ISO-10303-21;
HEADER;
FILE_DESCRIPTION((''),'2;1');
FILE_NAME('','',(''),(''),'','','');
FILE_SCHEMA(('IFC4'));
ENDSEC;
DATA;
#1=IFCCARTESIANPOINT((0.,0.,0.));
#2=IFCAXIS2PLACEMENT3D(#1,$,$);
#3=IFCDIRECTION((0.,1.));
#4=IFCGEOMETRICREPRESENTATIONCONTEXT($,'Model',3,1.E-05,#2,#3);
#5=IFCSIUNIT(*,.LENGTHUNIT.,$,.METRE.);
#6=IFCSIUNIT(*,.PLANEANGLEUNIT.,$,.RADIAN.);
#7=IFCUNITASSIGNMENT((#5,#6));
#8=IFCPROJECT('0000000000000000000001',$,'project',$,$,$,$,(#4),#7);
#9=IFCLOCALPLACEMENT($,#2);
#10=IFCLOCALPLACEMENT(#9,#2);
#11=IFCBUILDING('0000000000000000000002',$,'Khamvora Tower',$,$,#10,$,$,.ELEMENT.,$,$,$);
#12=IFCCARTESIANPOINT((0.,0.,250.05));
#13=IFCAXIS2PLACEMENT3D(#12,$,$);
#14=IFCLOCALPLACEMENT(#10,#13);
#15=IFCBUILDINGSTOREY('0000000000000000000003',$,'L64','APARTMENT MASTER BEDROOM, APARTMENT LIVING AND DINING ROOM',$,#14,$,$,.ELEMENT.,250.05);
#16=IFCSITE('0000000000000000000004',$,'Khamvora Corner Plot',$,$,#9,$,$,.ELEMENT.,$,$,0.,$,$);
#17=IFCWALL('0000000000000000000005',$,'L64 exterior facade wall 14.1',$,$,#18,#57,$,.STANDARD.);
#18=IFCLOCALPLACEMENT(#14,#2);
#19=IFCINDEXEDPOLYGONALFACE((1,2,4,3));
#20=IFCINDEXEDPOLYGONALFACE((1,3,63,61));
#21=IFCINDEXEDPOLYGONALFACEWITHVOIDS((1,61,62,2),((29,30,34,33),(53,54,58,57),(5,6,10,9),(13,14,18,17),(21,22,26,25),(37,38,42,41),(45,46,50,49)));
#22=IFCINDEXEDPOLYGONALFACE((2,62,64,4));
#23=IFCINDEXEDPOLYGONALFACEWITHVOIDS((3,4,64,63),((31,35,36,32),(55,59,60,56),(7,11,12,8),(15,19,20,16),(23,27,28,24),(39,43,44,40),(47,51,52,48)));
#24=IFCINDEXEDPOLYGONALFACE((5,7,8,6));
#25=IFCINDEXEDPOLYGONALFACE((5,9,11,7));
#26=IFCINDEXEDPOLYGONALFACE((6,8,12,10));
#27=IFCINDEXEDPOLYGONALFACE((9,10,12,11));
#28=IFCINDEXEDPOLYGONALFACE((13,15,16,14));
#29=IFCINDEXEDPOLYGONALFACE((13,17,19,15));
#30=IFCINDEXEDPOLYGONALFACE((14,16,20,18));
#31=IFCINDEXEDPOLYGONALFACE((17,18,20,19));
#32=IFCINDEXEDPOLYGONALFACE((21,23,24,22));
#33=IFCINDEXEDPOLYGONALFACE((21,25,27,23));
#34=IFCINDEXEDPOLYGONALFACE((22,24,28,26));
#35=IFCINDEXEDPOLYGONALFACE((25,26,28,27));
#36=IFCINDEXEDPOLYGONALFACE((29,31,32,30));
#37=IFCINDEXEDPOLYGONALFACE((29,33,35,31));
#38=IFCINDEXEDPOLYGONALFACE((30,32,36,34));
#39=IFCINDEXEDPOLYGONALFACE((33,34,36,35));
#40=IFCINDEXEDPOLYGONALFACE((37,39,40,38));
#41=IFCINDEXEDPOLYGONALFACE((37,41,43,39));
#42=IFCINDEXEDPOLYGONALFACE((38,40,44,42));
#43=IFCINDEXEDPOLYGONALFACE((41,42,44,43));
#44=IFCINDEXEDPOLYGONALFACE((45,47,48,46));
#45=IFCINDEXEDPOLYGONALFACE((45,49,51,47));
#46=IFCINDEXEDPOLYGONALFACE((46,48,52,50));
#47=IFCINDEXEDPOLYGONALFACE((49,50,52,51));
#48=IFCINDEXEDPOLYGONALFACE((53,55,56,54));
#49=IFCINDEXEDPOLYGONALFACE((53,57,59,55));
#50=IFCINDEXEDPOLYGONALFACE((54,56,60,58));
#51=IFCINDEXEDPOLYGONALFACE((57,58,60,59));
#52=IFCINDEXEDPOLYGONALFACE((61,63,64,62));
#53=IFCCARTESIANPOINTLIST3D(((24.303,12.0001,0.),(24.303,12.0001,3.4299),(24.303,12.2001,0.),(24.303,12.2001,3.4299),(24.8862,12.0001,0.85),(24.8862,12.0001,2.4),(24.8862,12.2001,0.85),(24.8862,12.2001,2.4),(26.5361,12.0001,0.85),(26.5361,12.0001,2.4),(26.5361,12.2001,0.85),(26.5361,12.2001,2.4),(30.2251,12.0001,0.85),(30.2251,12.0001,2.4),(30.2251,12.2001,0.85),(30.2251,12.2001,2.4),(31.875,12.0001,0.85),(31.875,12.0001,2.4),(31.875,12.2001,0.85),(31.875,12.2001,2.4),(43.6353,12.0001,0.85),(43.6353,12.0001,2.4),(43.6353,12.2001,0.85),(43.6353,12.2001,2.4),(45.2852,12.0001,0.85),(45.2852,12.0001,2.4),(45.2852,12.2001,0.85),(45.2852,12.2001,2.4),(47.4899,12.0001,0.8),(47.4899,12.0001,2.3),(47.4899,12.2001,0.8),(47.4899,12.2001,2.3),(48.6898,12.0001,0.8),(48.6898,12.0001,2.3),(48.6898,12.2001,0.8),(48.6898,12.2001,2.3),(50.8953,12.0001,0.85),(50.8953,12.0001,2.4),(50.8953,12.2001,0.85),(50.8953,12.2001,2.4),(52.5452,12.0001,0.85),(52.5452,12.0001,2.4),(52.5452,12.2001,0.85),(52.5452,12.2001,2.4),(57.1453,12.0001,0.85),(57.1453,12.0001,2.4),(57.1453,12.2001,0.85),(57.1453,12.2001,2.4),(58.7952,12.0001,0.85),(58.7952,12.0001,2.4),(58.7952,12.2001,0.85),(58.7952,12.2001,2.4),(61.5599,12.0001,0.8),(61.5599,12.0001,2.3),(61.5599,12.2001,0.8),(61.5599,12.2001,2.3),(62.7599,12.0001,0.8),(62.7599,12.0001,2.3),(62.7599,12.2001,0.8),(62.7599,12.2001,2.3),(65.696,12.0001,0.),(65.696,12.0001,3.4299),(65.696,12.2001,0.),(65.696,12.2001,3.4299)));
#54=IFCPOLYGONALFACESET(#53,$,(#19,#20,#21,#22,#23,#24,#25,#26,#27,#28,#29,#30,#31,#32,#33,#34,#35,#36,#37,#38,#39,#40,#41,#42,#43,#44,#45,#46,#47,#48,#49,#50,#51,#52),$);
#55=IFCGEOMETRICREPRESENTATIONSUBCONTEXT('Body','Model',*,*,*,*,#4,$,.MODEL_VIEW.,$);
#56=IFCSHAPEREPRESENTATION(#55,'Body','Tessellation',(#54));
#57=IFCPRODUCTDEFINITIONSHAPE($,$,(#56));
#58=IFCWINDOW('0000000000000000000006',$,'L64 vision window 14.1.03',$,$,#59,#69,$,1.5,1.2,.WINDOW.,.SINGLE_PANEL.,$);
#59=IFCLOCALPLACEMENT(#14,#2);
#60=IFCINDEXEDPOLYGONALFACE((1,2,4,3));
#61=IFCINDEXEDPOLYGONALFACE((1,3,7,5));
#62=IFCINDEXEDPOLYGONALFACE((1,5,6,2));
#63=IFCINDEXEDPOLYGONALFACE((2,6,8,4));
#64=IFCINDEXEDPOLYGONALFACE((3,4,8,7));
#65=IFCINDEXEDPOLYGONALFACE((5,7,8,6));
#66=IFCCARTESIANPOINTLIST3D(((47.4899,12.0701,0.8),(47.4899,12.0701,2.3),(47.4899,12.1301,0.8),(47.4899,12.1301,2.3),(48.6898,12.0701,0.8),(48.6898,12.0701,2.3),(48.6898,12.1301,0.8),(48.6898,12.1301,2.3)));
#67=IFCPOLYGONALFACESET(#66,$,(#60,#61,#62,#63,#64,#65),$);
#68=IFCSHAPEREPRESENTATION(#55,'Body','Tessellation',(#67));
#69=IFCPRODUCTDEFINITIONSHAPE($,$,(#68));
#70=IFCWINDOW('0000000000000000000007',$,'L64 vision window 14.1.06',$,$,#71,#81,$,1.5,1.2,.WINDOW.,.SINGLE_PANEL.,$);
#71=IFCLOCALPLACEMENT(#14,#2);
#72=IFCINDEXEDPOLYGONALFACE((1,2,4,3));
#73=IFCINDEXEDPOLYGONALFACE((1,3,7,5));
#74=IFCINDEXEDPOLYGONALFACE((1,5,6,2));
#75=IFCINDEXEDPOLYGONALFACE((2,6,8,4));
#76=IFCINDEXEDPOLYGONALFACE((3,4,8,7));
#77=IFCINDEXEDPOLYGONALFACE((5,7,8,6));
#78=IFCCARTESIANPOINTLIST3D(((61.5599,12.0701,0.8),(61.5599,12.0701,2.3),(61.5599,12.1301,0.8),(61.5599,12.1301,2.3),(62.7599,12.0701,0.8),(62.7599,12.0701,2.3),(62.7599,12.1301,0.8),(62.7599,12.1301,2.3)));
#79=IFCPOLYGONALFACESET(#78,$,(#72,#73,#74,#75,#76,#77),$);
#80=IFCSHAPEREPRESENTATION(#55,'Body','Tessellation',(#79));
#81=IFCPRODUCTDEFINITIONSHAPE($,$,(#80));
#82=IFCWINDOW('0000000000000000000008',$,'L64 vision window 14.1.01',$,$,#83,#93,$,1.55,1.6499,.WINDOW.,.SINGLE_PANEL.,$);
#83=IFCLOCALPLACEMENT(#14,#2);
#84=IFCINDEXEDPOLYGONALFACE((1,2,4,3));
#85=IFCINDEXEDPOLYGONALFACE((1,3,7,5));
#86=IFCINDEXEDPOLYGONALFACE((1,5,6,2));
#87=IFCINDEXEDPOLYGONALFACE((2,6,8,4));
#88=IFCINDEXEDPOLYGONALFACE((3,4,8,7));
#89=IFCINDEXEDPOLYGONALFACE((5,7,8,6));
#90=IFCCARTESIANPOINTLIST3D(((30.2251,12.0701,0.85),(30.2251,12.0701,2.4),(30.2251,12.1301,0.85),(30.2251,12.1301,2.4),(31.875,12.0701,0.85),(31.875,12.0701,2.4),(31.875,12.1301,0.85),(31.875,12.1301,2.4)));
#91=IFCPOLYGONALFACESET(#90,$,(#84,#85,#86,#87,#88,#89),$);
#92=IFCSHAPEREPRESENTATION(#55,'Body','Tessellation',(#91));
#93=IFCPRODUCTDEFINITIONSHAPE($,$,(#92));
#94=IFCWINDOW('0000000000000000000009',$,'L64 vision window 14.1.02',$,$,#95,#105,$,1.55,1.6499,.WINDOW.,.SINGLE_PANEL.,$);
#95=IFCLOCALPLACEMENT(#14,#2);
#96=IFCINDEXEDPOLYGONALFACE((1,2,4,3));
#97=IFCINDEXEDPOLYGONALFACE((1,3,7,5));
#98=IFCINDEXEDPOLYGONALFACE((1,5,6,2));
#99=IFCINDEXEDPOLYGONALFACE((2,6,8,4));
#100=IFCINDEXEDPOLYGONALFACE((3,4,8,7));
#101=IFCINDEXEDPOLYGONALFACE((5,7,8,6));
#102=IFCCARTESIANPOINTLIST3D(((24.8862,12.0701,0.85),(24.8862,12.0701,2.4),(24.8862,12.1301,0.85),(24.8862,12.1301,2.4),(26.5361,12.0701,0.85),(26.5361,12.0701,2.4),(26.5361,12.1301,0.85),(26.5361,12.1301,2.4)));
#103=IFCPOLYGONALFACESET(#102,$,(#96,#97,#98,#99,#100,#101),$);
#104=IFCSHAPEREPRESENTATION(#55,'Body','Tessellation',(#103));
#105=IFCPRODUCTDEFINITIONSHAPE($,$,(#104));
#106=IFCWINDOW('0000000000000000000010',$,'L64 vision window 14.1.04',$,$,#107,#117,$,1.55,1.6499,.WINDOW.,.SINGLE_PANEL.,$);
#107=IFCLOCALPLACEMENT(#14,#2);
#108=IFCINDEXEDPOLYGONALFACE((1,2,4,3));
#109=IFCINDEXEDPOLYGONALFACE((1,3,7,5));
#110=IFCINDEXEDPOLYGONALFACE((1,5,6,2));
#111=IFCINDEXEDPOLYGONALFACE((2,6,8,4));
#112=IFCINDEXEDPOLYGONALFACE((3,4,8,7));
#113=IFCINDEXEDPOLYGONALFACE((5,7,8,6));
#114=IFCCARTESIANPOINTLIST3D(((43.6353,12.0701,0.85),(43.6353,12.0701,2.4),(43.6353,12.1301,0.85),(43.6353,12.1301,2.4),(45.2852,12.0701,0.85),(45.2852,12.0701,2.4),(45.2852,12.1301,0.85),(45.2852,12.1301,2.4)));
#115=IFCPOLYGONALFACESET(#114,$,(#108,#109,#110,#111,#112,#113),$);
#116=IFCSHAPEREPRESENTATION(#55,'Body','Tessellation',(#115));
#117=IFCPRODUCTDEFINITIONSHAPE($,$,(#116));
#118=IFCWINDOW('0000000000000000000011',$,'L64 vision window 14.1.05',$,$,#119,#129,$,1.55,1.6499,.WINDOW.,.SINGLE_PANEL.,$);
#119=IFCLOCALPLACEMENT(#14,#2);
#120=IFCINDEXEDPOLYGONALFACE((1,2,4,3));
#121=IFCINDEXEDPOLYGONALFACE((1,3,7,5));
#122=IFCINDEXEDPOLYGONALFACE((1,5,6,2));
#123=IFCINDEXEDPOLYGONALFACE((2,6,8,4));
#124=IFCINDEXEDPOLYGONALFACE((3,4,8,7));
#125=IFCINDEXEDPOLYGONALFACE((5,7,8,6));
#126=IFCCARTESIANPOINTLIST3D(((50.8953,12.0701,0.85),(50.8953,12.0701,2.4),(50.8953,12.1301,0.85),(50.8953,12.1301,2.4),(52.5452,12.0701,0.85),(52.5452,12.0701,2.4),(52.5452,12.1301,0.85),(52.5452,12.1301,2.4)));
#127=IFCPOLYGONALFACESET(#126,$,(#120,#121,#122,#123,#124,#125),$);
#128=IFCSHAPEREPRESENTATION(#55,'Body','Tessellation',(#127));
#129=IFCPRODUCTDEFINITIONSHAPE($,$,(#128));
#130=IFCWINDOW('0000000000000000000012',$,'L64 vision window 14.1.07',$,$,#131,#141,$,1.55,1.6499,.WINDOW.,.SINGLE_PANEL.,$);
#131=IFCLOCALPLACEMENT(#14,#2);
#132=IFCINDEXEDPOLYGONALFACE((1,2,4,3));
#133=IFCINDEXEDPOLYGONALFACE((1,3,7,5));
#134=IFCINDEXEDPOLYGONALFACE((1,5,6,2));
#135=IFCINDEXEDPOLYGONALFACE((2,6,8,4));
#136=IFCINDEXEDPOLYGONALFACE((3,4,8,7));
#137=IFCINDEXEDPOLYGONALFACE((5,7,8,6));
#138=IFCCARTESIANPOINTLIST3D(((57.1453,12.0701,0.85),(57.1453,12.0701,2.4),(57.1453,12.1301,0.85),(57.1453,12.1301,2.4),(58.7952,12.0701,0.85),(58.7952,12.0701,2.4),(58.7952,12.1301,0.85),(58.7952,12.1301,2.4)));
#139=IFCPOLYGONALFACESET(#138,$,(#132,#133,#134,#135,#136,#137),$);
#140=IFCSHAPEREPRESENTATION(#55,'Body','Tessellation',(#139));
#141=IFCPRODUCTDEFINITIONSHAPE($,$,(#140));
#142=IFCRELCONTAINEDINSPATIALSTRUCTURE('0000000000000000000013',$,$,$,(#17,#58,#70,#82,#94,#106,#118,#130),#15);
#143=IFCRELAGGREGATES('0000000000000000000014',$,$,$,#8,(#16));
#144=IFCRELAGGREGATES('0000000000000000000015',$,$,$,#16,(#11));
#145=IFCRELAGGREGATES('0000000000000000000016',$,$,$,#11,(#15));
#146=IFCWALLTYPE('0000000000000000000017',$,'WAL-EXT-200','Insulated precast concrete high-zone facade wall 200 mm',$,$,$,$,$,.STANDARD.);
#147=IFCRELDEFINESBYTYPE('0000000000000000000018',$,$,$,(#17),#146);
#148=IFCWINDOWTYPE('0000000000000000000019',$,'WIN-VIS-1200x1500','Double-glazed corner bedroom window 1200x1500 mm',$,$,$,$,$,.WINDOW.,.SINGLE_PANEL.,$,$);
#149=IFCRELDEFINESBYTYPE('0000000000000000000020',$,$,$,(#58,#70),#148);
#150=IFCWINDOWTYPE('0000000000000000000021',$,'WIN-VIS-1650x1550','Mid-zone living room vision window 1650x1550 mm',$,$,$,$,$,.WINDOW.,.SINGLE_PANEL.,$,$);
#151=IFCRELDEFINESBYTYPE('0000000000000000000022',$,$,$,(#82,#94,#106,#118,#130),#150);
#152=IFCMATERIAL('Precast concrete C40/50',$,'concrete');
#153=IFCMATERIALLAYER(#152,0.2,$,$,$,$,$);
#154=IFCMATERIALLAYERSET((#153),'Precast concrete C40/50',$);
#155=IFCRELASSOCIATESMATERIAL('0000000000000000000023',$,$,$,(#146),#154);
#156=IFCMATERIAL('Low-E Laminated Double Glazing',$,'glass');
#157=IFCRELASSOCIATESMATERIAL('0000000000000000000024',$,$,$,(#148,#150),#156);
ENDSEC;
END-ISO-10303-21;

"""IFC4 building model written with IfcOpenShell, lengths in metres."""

from ifc_helpers import new_model, si_unit, direction, frame, frame_2d, origin, place, context, subcontext, project, spatial, rectangle, extrude, material, layer, layer_set, type_object, element, fill, save


model = new_model("IFC4")

# Units and contexts
model_context = context("Model", 3, precision=1e-05, world=origin(), true_north=direction((0.0, 1.0)))
body_context = subcontext(model_context, "Body", "Model", "MODEL_VIEW")
ifc_project = project(units=[si_unit("LENGTHUNIT", "METRE"), si_unit("PLANEANGLEUNIT", "RADIAN")], contexts=[model_context])

# Site, building, storey
site_placement = place(None, origin())
site = spatial("IfcSite", under=ifc_project, at=site_placement, Name="Khamvora Corner Plot", CompositionType="ELEMENT", RefElevation=0.0)
building_placement = place(site_placement, origin())
building = spatial("IfcBuilding", under=site, at=building_placement, Name="Khamvora Tower", CompositionType="ELEMENT")
storey_placement = place(building_placement, frame((0.0, 0.0, 250.05)))
storey = spatial("IfcBuildingStorey", under=building, at=storey_placement, Name="L64", Description="APARTMENT MASTER BEDROOM, APARTMENT LIVING AND DINING ROOM", CompositionType="ELEMENT", Elevation=250.05)

# Shared definitions
ifc_material_1 = material(Name="Precast concrete C40/50", Category="concrete")
ifc_layer_1 = layer(ifc_material_1, 0.2)
ifc_layer_set_1 = layer_set([ifc_layer_1], Name="Precast concrete C40/50")
wall_type_1 = type_object("IfcWallType", Name="WAL-EXT-200", Description="Insulated precast concrete high-zone facade wall 200 mm", PredefinedType="STANDARD", material=ifc_layer_set_1)

# Wall, openings, windows
wall_1_placement = place(storey_placement, frame((65.696, 12.1001, 0.0), z_axis=(0.0, 0.0, 1.0), x_axis=(-1.0, 0.0, 0.0)))
wall_1 = element("IfcWall", 1, at=wall_1_placement, inside=storey, type_object=wall_type_1, Name="L64 exterior facade wall 14.1", PredefinedType="STANDARD", context=body_context, shape_type="SweptSolid", body=[
    extrude(rectangle(XDim=41.3931, YDim=0.2, at=frame_2d((20.6965, 0.0))), origin(), (0.0, 0.0, 1.0), 3.4299),
])
opening_1_placement = place(wall_1_placement, frame((33.821, 0.0, 0.8501)))
opening_1 = element("IfcOpeningElement", 2, at=opening_1_placement, cuts=wall_1, PredefinedType="OPENING", context=body_context, shape_type="SweptSolid", body=[
    extrude(rectangle(XDim=1.6499, YDim=1.55, at=frame_2d((0.825, 0.7749))), frame((0.0, 0.1099, 0.0), z_axis=(0.0, -1.0, 0.0), x_axis=(1.0, 0.0, 0.0)), (0.0, 0.0, 1.0), 0.22),
])
opening_2_placement = place(wall_1_placement, frame((39.1599, 0.0, 0.8501)))
opening_2 = element("IfcOpeningElement", 3, at=opening_2_placement, cuts=wall_1, PredefinedType="OPENING", context=body_context, shape_type="SweptSolid", body=[
    extrude(rectangle(XDim=1.6499, YDim=1.55, at=frame_2d((0.825, 0.7749))), frame((0.0, 0.1099, 0.0), z_axis=(0.0, -1.0, 0.0), x_axis=(1.0, 0.0, 0.0)), (0.0, 0.0, 1.0), 0.22),
])
opening_3_placement = place(wall_1_placement, frame((17.0061, 0.0, 0.8)))
opening_3 = element("IfcOpeningElement", 4, at=opening_3_placement, cuts=wall_1, PredefinedType="OPENING", context=body_context, shape_type="SweptSolid", body=[
    extrude(rectangle(XDim=1.2, YDim=1.5, at=frame_2d((0.6001, 0.75))), frame((0.0, 0.1099, 0.0), z_axis=(0.0, -1.0, 0.0), x_axis=(1.0, 0.0, 0.0)), (0.0, 0.0, 1.0), 0.22),
])
opening_4_placement = place(wall_1_placement, frame((20.4109, 0.0, 0.8501)))
opening_4 = element("IfcOpeningElement", 5, at=opening_4_placement, cuts=wall_1, PredefinedType="OPENING", context=body_context, shape_type="SweptSolid", body=[
    extrude(rectangle(XDim=1.6499, YDim=1.55, at=frame_2d((0.825, 0.7749))), frame((0.0, 0.1099, 0.0), z_axis=(0.0, -1.0, 0.0), x_axis=(1.0, 0.0, 0.0)), (0.0, 0.0, 1.0), 0.22),
])
opening_5_placement = place(wall_1_placement, frame((13.1509, 0.0, 0.8501)))
opening_5 = element("IfcOpeningElement", 6, at=opening_5_placement, cuts=wall_1, PredefinedType="OPENING", context=body_context, shape_type="SweptSolid", body=[
    extrude(rectangle(XDim=1.6499, YDim=1.55, at=frame_2d((0.825, 0.7749))), frame((0.0, 0.1099, 0.0), z_axis=(0.0, -1.0, 0.0), x_axis=(1.0, 0.0, 0.0)), (0.0, 0.0, 1.0), 0.22),
])
opening_6_placement = place(wall_1_placement, frame((2.936, 0.0, 0.8)))
opening_6 = element("IfcOpeningElement", 7, at=opening_6_placement, cuts=wall_1, PredefinedType="OPENING", context=body_context, shape_type="SweptSolid", body=[
    extrude(rectangle(XDim=1.2, YDim=1.5, at=frame_2d((0.6001, 0.75))), frame((0.0, 0.1099, 0.0), z_axis=(0.0, -1.0, 0.0), x_axis=(1.0, 0.0, 0.0)), (0.0, 0.0, 1.0), 0.22),
])
opening_7_placement = place(wall_1_placement, frame((6.9009, 0.0, 0.8501)))
opening_7 = element("IfcOpeningElement", 8, at=opening_7_placement, cuts=wall_1, PredefinedType="OPENING", context=body_context, shape_type="SweptSolid", body=[
    extrude(rectangle(XDim=1.6499, YDim=1.55, at=frame_2d((0.825, 0.7749))), frame((0.0, 0.1099, 0.0), z_axis=(0.0, -1.0, 0.0), x_axis=(1.0, 0.0, 0.0)), (0.0, 0.0, 1.0), 0.22),
])
ifc_material_2 = material(Name="Low-E Laminated Double Glazing", Category="glass")
window_type_1 = type_object("IfcWindowType", Name="WIN-VIS-1200x1500", Description="Double-glazed corner bedroom window 1200x1500 mm", PartitioningType="SINGLE_PANEL", PredefinedType="WINDOW", material=ifc_material_2)
window_1_placement = place(opening_3_placement, origin())
window_1 = element("IfcWindow", 9, at=window_1_placement, inside=storey, type_object=window_type_1, Name="L64 vision window 14.1.03", OverallHeight=1.5, OverallWidth=1.2, PartitioningType="SINGLE_PANEL", PredefinedType="WINDOW", context=body_context, shape_type="SweptSolid", body=[
    extrude(rectangle(XDim=1.2, YDim=1.5, at=frame_2d((0.6001, 0.75))), frame((0.0, 0.03, 0.0), z_axis=(0.0, -1.0, 0.0), x_axis=(1.0, 0.0, 0.0)), (0.0, 0.0, 1.0), 0.0601),
])
fill(opening_3, window_1)
window_2_placement = place(opening_6_placement, origin())
window_2 = element("IfcWindow", 10, at=window_2_placement, inside=storey, type_object=window_type_1, Name="L64 vision window 14.1.06", OverallHeight=1.5, OverallWidth=1.2, PartitioningType="SINGLE_PANEL", PredefinedType="WINDOW", context=body_context, shape_type="SweptSolid", body=[
    extrude(rectangle(XDim=1.2, YDim=1.5, at=frame_2d((0.6001, 0.75))), frame((0.0, 0.03, 0.0), z_axis=(0.0, -1.0, 0.0), x_axis=(1.0, 0.0, 0.0)), (0.0, 0.0, 1.0), 0.0601),
])
fill(opening_6, window_2)
window_type_2 = type_object("IfcWindowType", Name="WIN-VIS-1650x1550", Description="Mid-zone living room vision window 1650x1550 mm", PartitioningType="SINGLE_PANEL", PredefinedType="WINDOW", material=ifc_material_2)
window_3_placement = place(opening_1_placement, origin())
window_3 = element("IfcWindow", 11, at=window_3_placement, inside=storey, type_object=window_type_2, Name="L64 vision window 14.1.01", OverallHeight=1.55, OverallWidth=1.6499, PartitioningType="SINGLE_PANEL", PredefinedType="WINDOW", context=body_context, shape_type="SweptSolid", body=[
    extrude(rectangle(XDim=1.6499, YDim=1.55, at=frame_2d((0.825, 0.7749))), frame((0.0, 0.03, 0.0), z_axis=(0.0, -1.0, 0.0), x_axis=(1.0, 0.0, 0.0)), (0.0, 0.0, 1.0), 0.0601),
])
fill(opening_1, window_3)
window_4_placement = place(opening_2_placement, origin())
window_4 = element("IfcWindow", 12, at=window_4_placement, inside=storey, type_object=window_type_2, Name="L64 vision window 14.1.02", OverallHeight=1.55, OverallWidth=1.6499, PartitioningType="SINGLE_PANEL", PredefinedType="WINDOW", context=body_context, shape_type="SweptSolid", body=[
    extrude(rectangle(XDim=1.6499, YDim=1.55, at=frame_2d((0.825, 0.7749))), frame((0.0, 0.03, 0.0), z_axis=(0.0, -1.0, 0.0), x_axis=(1.0, 0.0, 0.0)), (0.0, 0.0, 1.0), 0.0601),
])
fill(opening_2, window_4)
window_5_placement = place(opening_4_placement, origin())
window_5 = element("IfcWindow", 13, at=window_5_placement, inside=storey, type_object=window_type_2, Name="L64 vision window 14.1.04", OverallHeight=1.55, OverallWidth=1.6499, PartitioningType="SINGLE_PANEL", PredefinedType="WINDOW", context=body_context, shape_type="SweptSolid", body=[
    extrude(rectangle(XDim=1.6499, YDim=1.55, at=frame_2d((0.825, 0.7749))), frame((0.0, 0.03, 0.0), z_axis=(0.0, -1.0, 0.0), x_axis=(1.0, 0.0, 0.0)), (0.0, 0.0, 1.0), 0.0601),
])
fill(opening_4, window_5)
window_6_placement = place(opening_5_placement, origin())
window_6 = element("IfcWindow", 14, at=window_6_placement, inside=storey, type_object=window_type_2, Name="L64 vision window 14.1.05", OverallHeight=1.55, OverallWidth=1.6499, PartitioningType="SINGLE_PANEL", PredefinedType="WINDOW", context=body_context, shape_type="SweptSolid", body=[
    extrude(rectangle(XDim=1.6499, YDim=1.55, at=frame_2d((0.825, 0.7749))), frame((0.0, 0.03, 0.0), z_axis=(0.0, -1.0, 0.0), x_axis=(1.0, 0.0, 0.0)), (0.0, 0.0, 1.0), 0.0601),
])
fill(opening_5, window_6)
window_7_placement = place(opening_7_placement, origin())
window_7 = element("IfcWindow", 15, at=window_7_placement, inside=storey, type_object=window_type_2, Name="L64 vision window 14.1.07", OverallHeight=1.55, OverallWidth=1.6499, PartitioningType="SINGLE_PANEL", PredefinedType="WINDOW", context=body_context, shape_type="SweptSolid", body=[
    extrude(rectangle(XDim=1.6499, YDim=1.55, at=frame_2d((0.825, 0.7749))), frame((0.0, 0.03, 0.0), z_axis=(0.0, -1.0, 0.0), x_axis=(1.0, 0.0, 0.0)), (0.0, 0.0, 1.0), 0.0601),
])
fill(opening_7, window_7)

save(model, "model.ifc")
